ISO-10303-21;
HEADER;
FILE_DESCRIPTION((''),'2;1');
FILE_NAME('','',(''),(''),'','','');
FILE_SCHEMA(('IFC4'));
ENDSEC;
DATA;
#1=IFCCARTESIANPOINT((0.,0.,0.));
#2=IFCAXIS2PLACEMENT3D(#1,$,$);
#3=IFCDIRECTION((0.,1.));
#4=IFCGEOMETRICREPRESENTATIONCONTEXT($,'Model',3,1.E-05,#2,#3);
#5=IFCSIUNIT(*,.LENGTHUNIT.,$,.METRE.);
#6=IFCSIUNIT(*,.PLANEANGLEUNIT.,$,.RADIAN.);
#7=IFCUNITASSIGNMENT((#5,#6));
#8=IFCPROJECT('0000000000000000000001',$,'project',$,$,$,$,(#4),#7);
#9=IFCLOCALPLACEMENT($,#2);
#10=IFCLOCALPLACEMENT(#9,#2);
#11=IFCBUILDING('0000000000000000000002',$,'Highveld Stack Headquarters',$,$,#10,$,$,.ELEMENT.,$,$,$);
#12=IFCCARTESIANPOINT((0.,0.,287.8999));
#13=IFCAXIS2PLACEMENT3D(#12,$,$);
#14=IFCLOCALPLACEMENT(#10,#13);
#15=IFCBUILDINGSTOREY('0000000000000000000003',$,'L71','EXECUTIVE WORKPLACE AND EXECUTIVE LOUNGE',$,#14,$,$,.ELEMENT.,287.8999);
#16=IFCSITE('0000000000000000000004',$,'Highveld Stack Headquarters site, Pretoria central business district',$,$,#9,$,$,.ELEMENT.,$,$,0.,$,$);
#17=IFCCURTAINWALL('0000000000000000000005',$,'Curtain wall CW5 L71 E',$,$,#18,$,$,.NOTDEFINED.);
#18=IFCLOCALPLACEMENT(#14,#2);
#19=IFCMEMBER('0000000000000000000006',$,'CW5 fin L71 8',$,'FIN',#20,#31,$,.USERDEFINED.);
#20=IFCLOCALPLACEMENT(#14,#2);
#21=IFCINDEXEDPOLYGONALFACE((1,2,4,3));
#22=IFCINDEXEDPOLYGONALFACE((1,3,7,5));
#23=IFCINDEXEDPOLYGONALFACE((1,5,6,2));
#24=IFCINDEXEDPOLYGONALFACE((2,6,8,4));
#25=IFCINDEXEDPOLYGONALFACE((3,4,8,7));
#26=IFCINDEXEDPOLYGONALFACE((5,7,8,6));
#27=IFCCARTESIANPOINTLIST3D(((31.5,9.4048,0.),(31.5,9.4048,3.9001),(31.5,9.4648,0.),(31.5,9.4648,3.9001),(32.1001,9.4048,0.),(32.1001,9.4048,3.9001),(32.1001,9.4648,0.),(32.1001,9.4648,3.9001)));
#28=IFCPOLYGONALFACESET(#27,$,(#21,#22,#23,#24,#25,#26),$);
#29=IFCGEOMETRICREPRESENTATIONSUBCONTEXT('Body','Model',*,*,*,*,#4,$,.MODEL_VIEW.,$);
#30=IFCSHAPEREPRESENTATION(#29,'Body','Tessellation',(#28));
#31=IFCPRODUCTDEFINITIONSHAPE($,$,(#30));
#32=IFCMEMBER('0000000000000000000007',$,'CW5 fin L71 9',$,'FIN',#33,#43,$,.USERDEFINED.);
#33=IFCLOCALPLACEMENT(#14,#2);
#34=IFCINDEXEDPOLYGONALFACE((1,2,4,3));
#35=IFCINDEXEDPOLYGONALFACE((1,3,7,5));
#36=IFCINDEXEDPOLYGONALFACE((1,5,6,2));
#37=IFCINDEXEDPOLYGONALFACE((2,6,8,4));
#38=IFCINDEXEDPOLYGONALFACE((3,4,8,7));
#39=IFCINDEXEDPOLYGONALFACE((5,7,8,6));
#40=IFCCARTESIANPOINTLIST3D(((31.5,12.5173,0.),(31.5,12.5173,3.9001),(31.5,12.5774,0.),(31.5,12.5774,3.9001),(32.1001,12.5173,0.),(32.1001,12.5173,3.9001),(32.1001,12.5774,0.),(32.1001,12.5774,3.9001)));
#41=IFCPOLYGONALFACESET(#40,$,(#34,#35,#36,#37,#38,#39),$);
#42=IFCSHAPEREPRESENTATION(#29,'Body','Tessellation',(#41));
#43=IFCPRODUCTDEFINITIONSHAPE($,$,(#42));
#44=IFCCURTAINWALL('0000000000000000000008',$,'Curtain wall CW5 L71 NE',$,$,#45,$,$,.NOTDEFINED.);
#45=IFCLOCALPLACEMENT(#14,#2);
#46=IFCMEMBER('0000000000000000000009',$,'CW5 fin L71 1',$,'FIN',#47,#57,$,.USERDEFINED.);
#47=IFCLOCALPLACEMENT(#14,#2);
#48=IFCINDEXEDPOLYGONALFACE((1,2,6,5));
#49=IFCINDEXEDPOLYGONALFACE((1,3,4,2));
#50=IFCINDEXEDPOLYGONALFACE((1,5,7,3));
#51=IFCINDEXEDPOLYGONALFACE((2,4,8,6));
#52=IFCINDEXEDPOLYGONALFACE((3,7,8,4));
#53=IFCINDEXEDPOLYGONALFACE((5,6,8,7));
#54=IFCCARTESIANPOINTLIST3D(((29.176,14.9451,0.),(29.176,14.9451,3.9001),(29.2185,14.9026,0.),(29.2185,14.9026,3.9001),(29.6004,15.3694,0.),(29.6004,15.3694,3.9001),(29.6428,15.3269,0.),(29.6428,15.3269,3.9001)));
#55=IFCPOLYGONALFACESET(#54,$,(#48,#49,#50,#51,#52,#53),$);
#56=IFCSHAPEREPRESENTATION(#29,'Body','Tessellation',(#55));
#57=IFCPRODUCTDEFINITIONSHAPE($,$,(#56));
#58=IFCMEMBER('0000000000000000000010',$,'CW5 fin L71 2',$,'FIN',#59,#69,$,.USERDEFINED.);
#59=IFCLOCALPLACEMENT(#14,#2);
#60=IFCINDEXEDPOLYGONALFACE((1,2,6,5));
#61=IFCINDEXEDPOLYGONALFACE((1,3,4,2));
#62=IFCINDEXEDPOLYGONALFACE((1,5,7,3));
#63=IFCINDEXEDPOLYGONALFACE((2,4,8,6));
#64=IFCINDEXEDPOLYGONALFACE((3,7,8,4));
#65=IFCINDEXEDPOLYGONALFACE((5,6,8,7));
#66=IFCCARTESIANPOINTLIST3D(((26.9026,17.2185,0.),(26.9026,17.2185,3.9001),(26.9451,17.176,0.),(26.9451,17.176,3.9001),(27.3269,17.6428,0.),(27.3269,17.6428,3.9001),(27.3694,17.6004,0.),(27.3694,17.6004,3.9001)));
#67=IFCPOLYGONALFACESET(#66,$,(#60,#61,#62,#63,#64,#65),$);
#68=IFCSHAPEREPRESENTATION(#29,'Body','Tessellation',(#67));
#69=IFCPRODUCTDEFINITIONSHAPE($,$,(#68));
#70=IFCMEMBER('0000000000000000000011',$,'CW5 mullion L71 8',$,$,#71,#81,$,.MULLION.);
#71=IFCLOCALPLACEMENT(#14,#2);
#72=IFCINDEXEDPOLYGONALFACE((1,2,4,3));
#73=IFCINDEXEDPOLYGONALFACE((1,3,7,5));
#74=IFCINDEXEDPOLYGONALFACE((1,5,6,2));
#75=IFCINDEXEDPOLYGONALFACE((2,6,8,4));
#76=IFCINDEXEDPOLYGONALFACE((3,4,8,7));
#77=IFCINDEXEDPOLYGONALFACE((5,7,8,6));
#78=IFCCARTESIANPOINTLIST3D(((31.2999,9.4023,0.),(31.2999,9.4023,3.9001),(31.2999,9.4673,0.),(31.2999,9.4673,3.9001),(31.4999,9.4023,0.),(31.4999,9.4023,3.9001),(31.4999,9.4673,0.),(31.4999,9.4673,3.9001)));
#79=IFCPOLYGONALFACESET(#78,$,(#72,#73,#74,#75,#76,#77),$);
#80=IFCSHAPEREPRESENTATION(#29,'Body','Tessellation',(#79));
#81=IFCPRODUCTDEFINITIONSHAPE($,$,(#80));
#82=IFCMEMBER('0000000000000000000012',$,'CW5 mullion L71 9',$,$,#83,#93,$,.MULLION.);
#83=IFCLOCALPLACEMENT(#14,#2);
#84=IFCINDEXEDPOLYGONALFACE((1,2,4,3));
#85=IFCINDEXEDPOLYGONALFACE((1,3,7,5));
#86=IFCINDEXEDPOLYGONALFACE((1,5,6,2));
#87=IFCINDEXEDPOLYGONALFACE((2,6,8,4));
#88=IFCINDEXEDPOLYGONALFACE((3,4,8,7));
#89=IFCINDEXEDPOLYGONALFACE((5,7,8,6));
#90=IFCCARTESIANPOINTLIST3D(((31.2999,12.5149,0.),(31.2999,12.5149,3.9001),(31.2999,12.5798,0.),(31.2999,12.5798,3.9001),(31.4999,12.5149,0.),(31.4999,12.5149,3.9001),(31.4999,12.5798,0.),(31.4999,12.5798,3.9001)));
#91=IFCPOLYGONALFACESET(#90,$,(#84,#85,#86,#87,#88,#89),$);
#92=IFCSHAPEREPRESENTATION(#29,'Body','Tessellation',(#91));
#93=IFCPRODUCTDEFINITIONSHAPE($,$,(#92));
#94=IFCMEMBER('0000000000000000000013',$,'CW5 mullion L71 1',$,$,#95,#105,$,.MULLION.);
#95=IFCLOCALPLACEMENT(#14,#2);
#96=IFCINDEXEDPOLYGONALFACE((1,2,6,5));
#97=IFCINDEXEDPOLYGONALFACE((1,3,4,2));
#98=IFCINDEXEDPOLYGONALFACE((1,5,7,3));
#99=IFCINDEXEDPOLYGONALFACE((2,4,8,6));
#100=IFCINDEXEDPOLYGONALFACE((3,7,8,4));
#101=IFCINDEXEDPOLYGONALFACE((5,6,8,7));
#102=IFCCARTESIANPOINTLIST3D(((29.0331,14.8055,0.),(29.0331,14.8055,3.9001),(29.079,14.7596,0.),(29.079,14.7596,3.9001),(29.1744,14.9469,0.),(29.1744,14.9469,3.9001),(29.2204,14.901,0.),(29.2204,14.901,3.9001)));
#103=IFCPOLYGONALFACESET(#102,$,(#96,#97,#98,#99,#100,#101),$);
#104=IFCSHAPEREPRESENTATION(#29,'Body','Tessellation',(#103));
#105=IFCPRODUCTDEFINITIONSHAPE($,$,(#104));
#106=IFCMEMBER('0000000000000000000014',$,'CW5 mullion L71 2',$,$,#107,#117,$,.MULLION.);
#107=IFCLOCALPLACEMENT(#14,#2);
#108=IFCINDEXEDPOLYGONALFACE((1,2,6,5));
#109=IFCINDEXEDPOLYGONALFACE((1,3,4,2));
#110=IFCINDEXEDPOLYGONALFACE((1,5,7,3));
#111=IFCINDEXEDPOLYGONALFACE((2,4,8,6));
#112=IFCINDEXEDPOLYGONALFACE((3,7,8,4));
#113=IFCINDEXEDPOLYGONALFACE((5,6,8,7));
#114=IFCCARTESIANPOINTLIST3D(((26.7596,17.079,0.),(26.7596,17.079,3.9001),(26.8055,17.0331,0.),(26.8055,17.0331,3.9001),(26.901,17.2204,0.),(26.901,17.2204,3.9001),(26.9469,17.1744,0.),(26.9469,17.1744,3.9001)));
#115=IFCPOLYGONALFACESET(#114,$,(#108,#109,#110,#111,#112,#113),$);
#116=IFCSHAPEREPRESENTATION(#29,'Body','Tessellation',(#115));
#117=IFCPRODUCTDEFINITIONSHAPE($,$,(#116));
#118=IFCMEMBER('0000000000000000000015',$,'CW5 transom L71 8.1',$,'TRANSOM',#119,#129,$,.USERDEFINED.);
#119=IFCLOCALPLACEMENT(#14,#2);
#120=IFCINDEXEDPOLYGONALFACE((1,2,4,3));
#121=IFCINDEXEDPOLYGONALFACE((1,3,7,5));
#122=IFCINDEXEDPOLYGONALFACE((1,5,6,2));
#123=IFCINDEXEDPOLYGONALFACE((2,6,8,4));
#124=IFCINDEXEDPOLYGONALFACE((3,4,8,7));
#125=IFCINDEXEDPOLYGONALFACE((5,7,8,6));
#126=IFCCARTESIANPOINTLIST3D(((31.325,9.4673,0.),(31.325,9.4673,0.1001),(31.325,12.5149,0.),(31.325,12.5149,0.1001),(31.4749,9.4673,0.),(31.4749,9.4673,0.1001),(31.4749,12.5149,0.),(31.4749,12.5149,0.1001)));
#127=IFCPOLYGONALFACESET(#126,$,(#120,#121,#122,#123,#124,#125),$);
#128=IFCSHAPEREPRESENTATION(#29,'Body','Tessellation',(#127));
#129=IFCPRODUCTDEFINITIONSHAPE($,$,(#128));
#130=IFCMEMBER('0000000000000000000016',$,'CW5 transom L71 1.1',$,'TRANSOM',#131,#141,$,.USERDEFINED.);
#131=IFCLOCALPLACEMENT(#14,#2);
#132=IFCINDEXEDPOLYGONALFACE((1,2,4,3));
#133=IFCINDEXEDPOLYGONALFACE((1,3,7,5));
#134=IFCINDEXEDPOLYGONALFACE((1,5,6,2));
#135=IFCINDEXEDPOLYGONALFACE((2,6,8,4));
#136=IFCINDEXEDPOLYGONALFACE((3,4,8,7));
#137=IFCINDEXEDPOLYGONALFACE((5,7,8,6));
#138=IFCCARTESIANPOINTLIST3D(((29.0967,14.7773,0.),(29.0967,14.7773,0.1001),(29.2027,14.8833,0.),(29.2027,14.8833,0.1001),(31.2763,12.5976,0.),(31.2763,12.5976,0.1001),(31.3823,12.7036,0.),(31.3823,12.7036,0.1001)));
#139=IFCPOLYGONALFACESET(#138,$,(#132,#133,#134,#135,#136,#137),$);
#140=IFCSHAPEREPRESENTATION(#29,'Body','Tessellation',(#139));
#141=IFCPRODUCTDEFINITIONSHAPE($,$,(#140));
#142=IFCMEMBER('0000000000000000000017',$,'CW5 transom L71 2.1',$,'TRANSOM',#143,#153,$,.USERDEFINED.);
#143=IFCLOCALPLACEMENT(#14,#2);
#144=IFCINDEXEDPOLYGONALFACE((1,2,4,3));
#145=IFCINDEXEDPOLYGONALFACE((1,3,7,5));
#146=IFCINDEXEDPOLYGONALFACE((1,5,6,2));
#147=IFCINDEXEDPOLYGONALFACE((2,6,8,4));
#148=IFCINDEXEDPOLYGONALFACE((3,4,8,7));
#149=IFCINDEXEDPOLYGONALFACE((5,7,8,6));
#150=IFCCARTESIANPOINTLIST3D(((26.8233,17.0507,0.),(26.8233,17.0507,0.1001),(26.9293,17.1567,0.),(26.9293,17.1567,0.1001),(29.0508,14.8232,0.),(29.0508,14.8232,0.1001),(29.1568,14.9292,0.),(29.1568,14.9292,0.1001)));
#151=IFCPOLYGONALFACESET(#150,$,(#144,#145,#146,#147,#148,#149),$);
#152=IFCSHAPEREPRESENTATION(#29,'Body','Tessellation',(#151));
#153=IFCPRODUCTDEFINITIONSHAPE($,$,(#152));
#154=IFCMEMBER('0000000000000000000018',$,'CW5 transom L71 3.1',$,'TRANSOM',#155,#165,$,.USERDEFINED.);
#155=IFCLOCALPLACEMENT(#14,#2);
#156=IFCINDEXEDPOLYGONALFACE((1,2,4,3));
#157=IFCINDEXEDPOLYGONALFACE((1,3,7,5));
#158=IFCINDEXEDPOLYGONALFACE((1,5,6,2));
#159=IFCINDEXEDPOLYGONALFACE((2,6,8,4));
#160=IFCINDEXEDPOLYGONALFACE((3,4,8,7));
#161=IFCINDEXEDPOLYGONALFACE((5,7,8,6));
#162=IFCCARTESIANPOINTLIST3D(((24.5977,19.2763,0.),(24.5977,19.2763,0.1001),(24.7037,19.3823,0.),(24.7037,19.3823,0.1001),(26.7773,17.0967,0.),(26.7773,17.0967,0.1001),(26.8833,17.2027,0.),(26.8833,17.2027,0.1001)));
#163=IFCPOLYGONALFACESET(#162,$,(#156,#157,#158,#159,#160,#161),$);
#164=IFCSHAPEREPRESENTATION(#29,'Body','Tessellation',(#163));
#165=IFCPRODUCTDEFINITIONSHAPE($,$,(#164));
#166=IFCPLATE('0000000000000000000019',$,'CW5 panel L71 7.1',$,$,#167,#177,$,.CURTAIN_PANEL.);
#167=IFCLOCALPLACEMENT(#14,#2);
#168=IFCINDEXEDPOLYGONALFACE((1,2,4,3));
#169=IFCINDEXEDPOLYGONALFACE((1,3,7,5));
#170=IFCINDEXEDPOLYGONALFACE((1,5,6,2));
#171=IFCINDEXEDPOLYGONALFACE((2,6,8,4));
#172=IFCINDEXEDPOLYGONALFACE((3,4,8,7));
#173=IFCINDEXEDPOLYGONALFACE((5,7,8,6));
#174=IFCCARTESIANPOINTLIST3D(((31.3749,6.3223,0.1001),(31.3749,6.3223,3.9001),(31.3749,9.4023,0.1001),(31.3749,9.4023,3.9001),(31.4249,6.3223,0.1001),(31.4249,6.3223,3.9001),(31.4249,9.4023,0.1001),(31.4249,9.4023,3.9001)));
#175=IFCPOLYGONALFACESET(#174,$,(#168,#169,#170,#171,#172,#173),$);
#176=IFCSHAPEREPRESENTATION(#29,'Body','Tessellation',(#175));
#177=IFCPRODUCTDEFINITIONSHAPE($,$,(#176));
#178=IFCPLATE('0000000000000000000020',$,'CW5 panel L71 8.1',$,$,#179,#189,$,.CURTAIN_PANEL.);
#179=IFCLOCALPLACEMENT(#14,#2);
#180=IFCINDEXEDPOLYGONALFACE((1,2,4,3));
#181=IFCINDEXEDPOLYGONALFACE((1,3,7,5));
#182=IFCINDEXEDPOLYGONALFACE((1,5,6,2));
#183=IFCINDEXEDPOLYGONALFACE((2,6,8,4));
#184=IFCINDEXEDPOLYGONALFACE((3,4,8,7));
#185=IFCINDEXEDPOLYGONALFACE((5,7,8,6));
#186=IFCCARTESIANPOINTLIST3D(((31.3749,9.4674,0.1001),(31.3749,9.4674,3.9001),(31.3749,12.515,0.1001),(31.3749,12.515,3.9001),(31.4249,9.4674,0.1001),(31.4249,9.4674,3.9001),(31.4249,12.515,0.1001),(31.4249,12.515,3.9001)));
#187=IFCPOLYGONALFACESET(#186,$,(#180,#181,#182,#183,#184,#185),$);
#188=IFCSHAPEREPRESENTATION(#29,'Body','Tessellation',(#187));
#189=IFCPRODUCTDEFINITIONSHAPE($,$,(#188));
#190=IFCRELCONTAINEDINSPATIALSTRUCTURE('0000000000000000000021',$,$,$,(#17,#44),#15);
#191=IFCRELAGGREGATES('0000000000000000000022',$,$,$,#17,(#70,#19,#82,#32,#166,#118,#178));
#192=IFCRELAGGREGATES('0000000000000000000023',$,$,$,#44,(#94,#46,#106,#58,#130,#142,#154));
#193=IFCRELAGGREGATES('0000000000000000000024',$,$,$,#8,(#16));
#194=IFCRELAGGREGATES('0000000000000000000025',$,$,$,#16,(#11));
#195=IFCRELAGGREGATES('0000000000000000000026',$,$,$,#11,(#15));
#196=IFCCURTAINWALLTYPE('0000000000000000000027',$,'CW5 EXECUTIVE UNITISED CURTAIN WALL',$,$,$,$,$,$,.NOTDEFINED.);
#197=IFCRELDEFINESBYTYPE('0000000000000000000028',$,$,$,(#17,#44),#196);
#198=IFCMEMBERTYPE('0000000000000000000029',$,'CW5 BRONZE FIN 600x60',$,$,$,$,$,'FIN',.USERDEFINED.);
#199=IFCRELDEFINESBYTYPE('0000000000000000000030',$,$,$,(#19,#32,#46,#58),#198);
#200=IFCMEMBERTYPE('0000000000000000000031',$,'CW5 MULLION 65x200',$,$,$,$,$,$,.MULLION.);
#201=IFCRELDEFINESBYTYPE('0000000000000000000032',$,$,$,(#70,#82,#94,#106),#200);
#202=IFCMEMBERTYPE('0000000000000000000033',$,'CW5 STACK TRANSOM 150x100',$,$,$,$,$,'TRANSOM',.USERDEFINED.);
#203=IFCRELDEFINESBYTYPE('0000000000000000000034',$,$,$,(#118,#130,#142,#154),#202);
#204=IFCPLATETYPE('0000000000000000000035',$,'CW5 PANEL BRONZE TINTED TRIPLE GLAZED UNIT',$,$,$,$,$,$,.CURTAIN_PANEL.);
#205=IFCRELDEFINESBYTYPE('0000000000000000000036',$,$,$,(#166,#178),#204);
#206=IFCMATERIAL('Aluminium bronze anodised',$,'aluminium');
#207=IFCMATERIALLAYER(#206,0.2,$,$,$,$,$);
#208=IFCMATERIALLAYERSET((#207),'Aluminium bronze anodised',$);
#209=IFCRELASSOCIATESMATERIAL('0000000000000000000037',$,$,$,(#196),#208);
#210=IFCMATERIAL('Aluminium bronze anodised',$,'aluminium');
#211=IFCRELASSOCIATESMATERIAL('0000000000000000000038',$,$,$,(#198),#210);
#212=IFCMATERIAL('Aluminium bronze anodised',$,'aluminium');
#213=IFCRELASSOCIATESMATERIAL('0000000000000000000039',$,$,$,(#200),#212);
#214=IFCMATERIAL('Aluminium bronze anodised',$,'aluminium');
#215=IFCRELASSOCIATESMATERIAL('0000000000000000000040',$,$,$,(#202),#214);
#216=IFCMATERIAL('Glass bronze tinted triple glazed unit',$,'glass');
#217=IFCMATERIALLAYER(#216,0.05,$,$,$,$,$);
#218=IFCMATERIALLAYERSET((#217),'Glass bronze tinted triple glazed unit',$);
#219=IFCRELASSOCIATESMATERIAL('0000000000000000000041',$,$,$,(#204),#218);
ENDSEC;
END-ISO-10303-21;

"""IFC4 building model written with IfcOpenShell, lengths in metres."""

from ifc_helpers import new_model, si_unit, direction, frame, origin, origin_2d, place, context, subcontext, project, spatial, rectangle, extrude, material, layer, layer_set, material_profile, profile_set, type_object, element, aggregate, save


model = new_model("IFC4")

# Units and contexts
model_context = context("Model", 3, precision=1e-05, world=origin(), true_north=direction((0.0, 1.0)))
body_context = subcontext(model_context, "Body", "Model", "MODEL_VIEW")
ifc_project = project(units=[si_unit("LENGTHUNIT", "METRE"), si_unit("PLANEANGLEUNIT", "RADIAN")], contexts=[model_context])

# Site, building, storey
site_placement = place(None, origin())
site = spatial("IfcSite", under=ifc_project, at=site_placement, Name="Highveld Stack Headquarters site, Pretoria central business district", CompositionType="ELEMENT", RefElevation=0.0)
building_placement = place(site_placement, origin())
building = spatial("IfcBuilding", under=site, at=building_placement, Name="Highveld Stack Headquarters", CompositionType="ELEMENT")
storey_placement = place(building_placement, frame((0.0, 0.0, 287.8999)))
storey = spatial("IfcBuildingStorey", under=building, at=storey_placement, Name="L71", Description="EXECUTIVE WORKPLACE AND EXECUTIVE LOUNGE", CompositionType="ELEMENT", Elevation=287.8999)

# Curtain walls, members
ifc_material_1 = material(Name="Aluminium bronze anodised", Category="aluminium")
ifc_layer_1 = layer(ifc_material_1, 0.2)
ifc_layer_set_1 = layer_set([ifc_layer_1], Name="Aluminium bronze anodised")
curtain_wall_type = type_object("IfcCurtainWallType", Name="CW5 EXECUTIVE UNITISED CURTAIN WALL", PredefinedType="NOTDEFINED", material=ifc_layer_set_1)
curtain_wall_1_placement = place(storey_placement, origin())
curtain_wall_1 = element("IfcCurtainWall", 1, at=curtain_wall_1_placement, inside=storey, type_object=curtain_wall_type, Name="Curtain wall CW5 L71 E", PredefinedType="NOTDEFINED")
ifc_material_2 = material(Name="Aluminium bronze anodised", Category="aluminium")
ifc_material_profile_1 = material_profile(ifc_material_2, rectangle(XDim=0.6001, YDim=0.0601, at=origin_2d()), Name="FIN 600x60")
ifc_profile_set_1 = profile_set([ifc_material_profile_1], Name="Aluminium bronze anodised")
member_type_1 = type_object("IfcMemberType", Name="CW5 BRONZE FIN 600x60", ElementType="FIN", PredefinedType="USERDEFINED", material=ifc_profile_set_1)
member_1_placement = place(storey_placement, frame((31.8, 9.4348, 0.0), z_axis=(0.0, 0.0, 1.0), x_axis=(-1.0, 0.0, 0.0)))
member_1 = element("IfcMember", 2, at=member_1_placement, type_object=member_type_1, Name="CW5 fin L71 8", ObjectType="FIN", PredefinedType="USERDEFINED", context=body_context, shape_type="SweptSolid", body=[
    extrude(rectangle(XDim=0.6001, YDim=0.0601, at=origin_2d()), origin(), (0.0, 0.0, 1.0), 3.9001),
])
member_2_placement = place(storey_placement, frame((31.8, 12.5474, 0.0), z_axis=(0.0, 0.0, 1.0), x_axis=(-1.0, 0.0, 0.0)))
member_2 = element("IfcMember", 3, at=member_2_placement, type_object=member_type_1, Name="CW5 fin L71 9", ObjectType="FIN", PredefinedType="USERDEFINED", context=body_context, shape_type="SweptSolid", body=[
    extrude(rectangle(XDim=0.6001, YDim=0.0601, at=origin_2d()), origin(), (0.0, 0.0, 1.0), 3.9001),
])
curtain_wall_2_placement = place(storey_placement, origin())
curtain_wall_2 = element("IfcCurtainWall", 4, at=curtain_wall_2_placement, inside=storey, type_object=curtain_wall_type, Name="Curtain wall CW5 L71 NE", PredefinedType="NOTDEFINED")
member_3_placement = place(storey_placement, frame((29.4094, 15.136, 0.0), z_axis=(0.0, 0.0, 1.0), x_axis=(-0.707107, -0.707107, 0.0)))
member_3 = element("IfcMember", 5, at=member_3_placement, type_object=member_type_1, Name="CW5 fin L71 1", ObjectType="FIN", PredefinedType="USERDEFINED", context=body_context, shape_type="SweptSolid", body=[
    extrude(rectangle(XDim=0.6001, YDim=0.0601, at=origin_2d()), origin(), (0.0, 0.0, 1.0), 3.9001),
])
member_4_placement = place(storey_placement, frame((27.136, 17.4094, 0.0), z_axis=(0.0, 0.0, 1.0), x_axis=(-0.707107, -0.707107, 0.0)))
member_4 = element("IfcMember", 6, at=member_4_placement, type_object=member_type_1, Name="CW5 fin L71 2", ObjectType="FIN", PredefinedType="USERDEFINED", context=body_context, shape_type="SweptSolid", body=[
    extrude(rectangle(XDim=0.6001, YDim=0.0601, at=origin_2d()), origin(), (0.0, 0.0, 1.0), 3.9001),
])

# Members
ifc_material_3 = material(Name="Aluminium bronze anodised", Category="aluminium")
ifc_material_profile_2 = material_profile(ifc_material_3, rectangle(XDim=0.2, YDim=0.0649, at=origin_2d()), Name="CW5 MULLION 65x200")
ifc_profile_set_2 = profile_set([ifc_material_profile_2], Name="Aluminium bronze anodised")
member_type_2 = type_object("IfcMemberType", Name="CW5 MULLION 65x200", PredefinedType="MULLION", material=ifc_profile_set_2)
member_5_placement = place(storey_placement, frame((31.3999, 9.4348, 0.0), z_axis=(0.0, 0.0, 1.0), x_axis=(-1.0, 0.0, 0.0)))
member_5 = element("IfcMember", 7, at=member_5_placement, type_object=member_type_2, Name="CW5 mullion L71 8", PredefinedType="MULLION", context=body_context, shape_type="SweptSolid", body=[
    extrude(rectangle(XDim=0.2, YDim=0.0649, at=origin_2d()), origin(), (0.0, 0.0, 1.0), 3.9001),
])
member_6_placement = place(storey_placement, frame((31.3999, 12.5474, 0.0), z_axis=(0.0, 0.0, 1.0), x_axis=(-1.0, 0.0, 0.0)))
member_6 = element("IfcMember", 8, at=member_6_placement, type_object=member_type_2, Name="CW5 mullion L71 9", PredefinedType="MULLION", context=body_context, shape_type="SweptSolid", body=[
    extrude(rectangle(XDim=0.2, YDim=0.0649, at=origin_2d()), origin(), (0.0, 0.0, 1.0), 3.9001),
])
member_7_placement = place(storey_placement, frame((29.1267, 14.8533, 0.0), z_axis=(0.0, 0.0, 1.0), x_axis=(-0.707107, -0.707107, 0.0)))
member_7 = element("IfcMember", 9, at=member_7_placement, type_object=member_type_2, Name="CW5 mullion L71 1", PredefinedType="MULLION", context=body_context, shape_type="SweptSolid", body=[
    extrude(rectangle(XDim=0.2, YDim=0.0649, at=origin_2d()), origin(), (0.0, 0.0, 1.0), 3.9001),
])
member_8_placement = place(storey_placement, frame((26.8533, 17.1267, 0.0), z_axis=(0.0, 0.0, 1.0), x_axis=(-0.707107, -0.707107, 0.0)))
member_8 = element("IfcMember", 10, at=member_8_placement, type_object=member_type_2, Name="CW5 mullion L71 2", PredefinedType="MULLION", context=body_context, shape_type="SweptSolid", body=[
    extrude(rectangle(XDim=0.2, YDim=0.0649, at=origin_2d()), origin(), (0.0, 0.0, 1.0), 3.9001),
])
ifc_material_4 = material(Name="Aluminium bronze anodised", Category="aluminium")
ifc_material_profile_3 = material_profile(ifc_material_4, rectangle(XDim=0.1499, YDim=0.1001, at=origin_2d()), Name="CW5 TRANSOM 150x100")
ifc_profile_set_3 = profile_set([ifc_material_profile_3], Name="Aluminium bronze anodised")
member_type_3 = type_object("IfcMemberType", Name="CW5 STACK TRANSOM 150x100", ElementType="TRANSOM", PredefinedType="USERDEFINED", material=ifc_profile_set_3)
member_9_placement = place(storey_placement, frame((31.3999, 9.4673, 0.05), z_axis=(0.0, 1.0, 0.0), x_axis=(-1.0, 0.0, 0.0)))
member_9 = element("IfcMember", 11, at=member_9_placement, type_object=member_type_3, Name="CW5 transom L71 8.1", ObjectType="TRANSOM", PredefinedType="USERDEFINED", context=body_context, shape_type="SweptSolid", body=[
    extrude(rectangle(XDim=0.1499, YDim=0.1001, at=origin_2d()), origin(), (0.0, 0.0, 1.0), 3.0476),
])
member_10_placement = place(storey_placement, frame((31.3293, 12.6506, 0.05), z_axis=(-0.707107, 0.707107, 0.0), x_axis=(-0.707107, -0.707107, 0.0)))
member_10 = element("IfcMember", 12, at=member_10_placement, type_object=member_type_3, Name="CW5 transom L71 1.1", ObjectType="TRANSOM", PredefinedType="USERDEFINED", context=body_context, shape_type="SweptSolid", body=[
    extrude(rectangle(XDim=0.1499, YDim=0.1001, at=origin_2d()), origin(), (0.0, 0.0, 1.0), 3.0825),
])
member_11_placement = place(storey_placement, frame((29.1038, 14.8762, 0.05), z_axis=(-0.707107, 0.707107, 0.0), x_axis=(-0.707107, -0.707107, 0.0)))
member_11 = element("IfcMember", 13, at=member_11_placement, type_object=member_type_3, Name="CW5 transom L71 2.1", ObjectType="TRANSOM", PredefinedType="USERDEFINED", context=body_context, shape_type="SweptSolid", body=[
    extrude(rectangle(XDim=0.1499, YDim=0.1001, at=origin_2d()), origin(), (0.0, 0.0, 1.0), 3.1501),
])
member_12_placement = place(storey_placement, frame((26.8303, 17.1497, 0.05), z_axis=(-0.707107, 0.707107, 0.0), x_axis=(-0.707107, -0.707107, 0.0)))
member_12 = element("IfcMember", 14, at=member_12_placement, type_object=member_type_3, Name="CW5 transom L71 3.1", ObjectType="TRANSOM", PredefinedType="USERDEFINED", context=body_context, shape_type="SweptSolid", body=[
    extrude(rectangle(XDim=0.1499, YDim=0.1001, at=origin_2d()), origin(), (0.0, 0.0, 1.0), 3.0825),
])

# Plates
ifc_material_5 = material(Name="Glass bronze tinted triple glazed unit", Category="glass")
ifc_layer_2 = layer(ifc_material_5, 0.05)
ifc_layer_set_2 = layer_set([ifc_layer_2], Name="Glass bronze tinted triple glazed unit")
plate_type = type_object("IfcPlateType", Name="CW5 PANEL BRONZE TINTED TRIPLE GLAZED UNIT", PredefinedType="CURTAIN_PANEL", material=ifc_layer_set_2)
plate_1_placement = place(storey_placement, frame((31.3999, 7.8623, 0.1001), z_axis=(0.0, 0.0, 1.0), x_axis=(0.0, 1.0, 0.0)))
plate_1 = element("IfcPlate", 15, at=plate_1_placement, type_object=plate_type, Name="CW5 panel L71 7.1", PredefinedType="CURTAIN_PANEL", context=body_context, shape_type="SweptSolid", body=[
    extrude(rectangle(XDim=3.0801, YDim=0.05, at=origin_2d()), origin(), (0.0, 0.0, 1.0), 3.8),
])
plate_2_placement = place(storey_placement, frame((31.3999, 10.9912, 0.1001), z_axis=(0.0, 0.0, 1.0), x_axis=(0.0, 1.0, 0.0)))
plate_2 = element("IfcPlate", 16, at=plate_2_placement, type_object=plate_type, Name="CW5 panel L71 8.1", PredefinedType="CURTAIN_PANEL", context=body_context, shape_type="SweptSolid", body=[
    extrude(rectangle(XDim=3.0476, YDim=0.05, at=origin_2d()), origin(), (0.0, 0.0, 1.0), 3.8),
])
aggregate(curtain_wall_1, [member_5, member_1, member_6, member_2, plate_1, member_9, plate_2])
aggregate(curtain_wall_2, [member_7, member_3, member_8, member_4, member_10, member_11, member_12])

save(model, "model.ifc")
